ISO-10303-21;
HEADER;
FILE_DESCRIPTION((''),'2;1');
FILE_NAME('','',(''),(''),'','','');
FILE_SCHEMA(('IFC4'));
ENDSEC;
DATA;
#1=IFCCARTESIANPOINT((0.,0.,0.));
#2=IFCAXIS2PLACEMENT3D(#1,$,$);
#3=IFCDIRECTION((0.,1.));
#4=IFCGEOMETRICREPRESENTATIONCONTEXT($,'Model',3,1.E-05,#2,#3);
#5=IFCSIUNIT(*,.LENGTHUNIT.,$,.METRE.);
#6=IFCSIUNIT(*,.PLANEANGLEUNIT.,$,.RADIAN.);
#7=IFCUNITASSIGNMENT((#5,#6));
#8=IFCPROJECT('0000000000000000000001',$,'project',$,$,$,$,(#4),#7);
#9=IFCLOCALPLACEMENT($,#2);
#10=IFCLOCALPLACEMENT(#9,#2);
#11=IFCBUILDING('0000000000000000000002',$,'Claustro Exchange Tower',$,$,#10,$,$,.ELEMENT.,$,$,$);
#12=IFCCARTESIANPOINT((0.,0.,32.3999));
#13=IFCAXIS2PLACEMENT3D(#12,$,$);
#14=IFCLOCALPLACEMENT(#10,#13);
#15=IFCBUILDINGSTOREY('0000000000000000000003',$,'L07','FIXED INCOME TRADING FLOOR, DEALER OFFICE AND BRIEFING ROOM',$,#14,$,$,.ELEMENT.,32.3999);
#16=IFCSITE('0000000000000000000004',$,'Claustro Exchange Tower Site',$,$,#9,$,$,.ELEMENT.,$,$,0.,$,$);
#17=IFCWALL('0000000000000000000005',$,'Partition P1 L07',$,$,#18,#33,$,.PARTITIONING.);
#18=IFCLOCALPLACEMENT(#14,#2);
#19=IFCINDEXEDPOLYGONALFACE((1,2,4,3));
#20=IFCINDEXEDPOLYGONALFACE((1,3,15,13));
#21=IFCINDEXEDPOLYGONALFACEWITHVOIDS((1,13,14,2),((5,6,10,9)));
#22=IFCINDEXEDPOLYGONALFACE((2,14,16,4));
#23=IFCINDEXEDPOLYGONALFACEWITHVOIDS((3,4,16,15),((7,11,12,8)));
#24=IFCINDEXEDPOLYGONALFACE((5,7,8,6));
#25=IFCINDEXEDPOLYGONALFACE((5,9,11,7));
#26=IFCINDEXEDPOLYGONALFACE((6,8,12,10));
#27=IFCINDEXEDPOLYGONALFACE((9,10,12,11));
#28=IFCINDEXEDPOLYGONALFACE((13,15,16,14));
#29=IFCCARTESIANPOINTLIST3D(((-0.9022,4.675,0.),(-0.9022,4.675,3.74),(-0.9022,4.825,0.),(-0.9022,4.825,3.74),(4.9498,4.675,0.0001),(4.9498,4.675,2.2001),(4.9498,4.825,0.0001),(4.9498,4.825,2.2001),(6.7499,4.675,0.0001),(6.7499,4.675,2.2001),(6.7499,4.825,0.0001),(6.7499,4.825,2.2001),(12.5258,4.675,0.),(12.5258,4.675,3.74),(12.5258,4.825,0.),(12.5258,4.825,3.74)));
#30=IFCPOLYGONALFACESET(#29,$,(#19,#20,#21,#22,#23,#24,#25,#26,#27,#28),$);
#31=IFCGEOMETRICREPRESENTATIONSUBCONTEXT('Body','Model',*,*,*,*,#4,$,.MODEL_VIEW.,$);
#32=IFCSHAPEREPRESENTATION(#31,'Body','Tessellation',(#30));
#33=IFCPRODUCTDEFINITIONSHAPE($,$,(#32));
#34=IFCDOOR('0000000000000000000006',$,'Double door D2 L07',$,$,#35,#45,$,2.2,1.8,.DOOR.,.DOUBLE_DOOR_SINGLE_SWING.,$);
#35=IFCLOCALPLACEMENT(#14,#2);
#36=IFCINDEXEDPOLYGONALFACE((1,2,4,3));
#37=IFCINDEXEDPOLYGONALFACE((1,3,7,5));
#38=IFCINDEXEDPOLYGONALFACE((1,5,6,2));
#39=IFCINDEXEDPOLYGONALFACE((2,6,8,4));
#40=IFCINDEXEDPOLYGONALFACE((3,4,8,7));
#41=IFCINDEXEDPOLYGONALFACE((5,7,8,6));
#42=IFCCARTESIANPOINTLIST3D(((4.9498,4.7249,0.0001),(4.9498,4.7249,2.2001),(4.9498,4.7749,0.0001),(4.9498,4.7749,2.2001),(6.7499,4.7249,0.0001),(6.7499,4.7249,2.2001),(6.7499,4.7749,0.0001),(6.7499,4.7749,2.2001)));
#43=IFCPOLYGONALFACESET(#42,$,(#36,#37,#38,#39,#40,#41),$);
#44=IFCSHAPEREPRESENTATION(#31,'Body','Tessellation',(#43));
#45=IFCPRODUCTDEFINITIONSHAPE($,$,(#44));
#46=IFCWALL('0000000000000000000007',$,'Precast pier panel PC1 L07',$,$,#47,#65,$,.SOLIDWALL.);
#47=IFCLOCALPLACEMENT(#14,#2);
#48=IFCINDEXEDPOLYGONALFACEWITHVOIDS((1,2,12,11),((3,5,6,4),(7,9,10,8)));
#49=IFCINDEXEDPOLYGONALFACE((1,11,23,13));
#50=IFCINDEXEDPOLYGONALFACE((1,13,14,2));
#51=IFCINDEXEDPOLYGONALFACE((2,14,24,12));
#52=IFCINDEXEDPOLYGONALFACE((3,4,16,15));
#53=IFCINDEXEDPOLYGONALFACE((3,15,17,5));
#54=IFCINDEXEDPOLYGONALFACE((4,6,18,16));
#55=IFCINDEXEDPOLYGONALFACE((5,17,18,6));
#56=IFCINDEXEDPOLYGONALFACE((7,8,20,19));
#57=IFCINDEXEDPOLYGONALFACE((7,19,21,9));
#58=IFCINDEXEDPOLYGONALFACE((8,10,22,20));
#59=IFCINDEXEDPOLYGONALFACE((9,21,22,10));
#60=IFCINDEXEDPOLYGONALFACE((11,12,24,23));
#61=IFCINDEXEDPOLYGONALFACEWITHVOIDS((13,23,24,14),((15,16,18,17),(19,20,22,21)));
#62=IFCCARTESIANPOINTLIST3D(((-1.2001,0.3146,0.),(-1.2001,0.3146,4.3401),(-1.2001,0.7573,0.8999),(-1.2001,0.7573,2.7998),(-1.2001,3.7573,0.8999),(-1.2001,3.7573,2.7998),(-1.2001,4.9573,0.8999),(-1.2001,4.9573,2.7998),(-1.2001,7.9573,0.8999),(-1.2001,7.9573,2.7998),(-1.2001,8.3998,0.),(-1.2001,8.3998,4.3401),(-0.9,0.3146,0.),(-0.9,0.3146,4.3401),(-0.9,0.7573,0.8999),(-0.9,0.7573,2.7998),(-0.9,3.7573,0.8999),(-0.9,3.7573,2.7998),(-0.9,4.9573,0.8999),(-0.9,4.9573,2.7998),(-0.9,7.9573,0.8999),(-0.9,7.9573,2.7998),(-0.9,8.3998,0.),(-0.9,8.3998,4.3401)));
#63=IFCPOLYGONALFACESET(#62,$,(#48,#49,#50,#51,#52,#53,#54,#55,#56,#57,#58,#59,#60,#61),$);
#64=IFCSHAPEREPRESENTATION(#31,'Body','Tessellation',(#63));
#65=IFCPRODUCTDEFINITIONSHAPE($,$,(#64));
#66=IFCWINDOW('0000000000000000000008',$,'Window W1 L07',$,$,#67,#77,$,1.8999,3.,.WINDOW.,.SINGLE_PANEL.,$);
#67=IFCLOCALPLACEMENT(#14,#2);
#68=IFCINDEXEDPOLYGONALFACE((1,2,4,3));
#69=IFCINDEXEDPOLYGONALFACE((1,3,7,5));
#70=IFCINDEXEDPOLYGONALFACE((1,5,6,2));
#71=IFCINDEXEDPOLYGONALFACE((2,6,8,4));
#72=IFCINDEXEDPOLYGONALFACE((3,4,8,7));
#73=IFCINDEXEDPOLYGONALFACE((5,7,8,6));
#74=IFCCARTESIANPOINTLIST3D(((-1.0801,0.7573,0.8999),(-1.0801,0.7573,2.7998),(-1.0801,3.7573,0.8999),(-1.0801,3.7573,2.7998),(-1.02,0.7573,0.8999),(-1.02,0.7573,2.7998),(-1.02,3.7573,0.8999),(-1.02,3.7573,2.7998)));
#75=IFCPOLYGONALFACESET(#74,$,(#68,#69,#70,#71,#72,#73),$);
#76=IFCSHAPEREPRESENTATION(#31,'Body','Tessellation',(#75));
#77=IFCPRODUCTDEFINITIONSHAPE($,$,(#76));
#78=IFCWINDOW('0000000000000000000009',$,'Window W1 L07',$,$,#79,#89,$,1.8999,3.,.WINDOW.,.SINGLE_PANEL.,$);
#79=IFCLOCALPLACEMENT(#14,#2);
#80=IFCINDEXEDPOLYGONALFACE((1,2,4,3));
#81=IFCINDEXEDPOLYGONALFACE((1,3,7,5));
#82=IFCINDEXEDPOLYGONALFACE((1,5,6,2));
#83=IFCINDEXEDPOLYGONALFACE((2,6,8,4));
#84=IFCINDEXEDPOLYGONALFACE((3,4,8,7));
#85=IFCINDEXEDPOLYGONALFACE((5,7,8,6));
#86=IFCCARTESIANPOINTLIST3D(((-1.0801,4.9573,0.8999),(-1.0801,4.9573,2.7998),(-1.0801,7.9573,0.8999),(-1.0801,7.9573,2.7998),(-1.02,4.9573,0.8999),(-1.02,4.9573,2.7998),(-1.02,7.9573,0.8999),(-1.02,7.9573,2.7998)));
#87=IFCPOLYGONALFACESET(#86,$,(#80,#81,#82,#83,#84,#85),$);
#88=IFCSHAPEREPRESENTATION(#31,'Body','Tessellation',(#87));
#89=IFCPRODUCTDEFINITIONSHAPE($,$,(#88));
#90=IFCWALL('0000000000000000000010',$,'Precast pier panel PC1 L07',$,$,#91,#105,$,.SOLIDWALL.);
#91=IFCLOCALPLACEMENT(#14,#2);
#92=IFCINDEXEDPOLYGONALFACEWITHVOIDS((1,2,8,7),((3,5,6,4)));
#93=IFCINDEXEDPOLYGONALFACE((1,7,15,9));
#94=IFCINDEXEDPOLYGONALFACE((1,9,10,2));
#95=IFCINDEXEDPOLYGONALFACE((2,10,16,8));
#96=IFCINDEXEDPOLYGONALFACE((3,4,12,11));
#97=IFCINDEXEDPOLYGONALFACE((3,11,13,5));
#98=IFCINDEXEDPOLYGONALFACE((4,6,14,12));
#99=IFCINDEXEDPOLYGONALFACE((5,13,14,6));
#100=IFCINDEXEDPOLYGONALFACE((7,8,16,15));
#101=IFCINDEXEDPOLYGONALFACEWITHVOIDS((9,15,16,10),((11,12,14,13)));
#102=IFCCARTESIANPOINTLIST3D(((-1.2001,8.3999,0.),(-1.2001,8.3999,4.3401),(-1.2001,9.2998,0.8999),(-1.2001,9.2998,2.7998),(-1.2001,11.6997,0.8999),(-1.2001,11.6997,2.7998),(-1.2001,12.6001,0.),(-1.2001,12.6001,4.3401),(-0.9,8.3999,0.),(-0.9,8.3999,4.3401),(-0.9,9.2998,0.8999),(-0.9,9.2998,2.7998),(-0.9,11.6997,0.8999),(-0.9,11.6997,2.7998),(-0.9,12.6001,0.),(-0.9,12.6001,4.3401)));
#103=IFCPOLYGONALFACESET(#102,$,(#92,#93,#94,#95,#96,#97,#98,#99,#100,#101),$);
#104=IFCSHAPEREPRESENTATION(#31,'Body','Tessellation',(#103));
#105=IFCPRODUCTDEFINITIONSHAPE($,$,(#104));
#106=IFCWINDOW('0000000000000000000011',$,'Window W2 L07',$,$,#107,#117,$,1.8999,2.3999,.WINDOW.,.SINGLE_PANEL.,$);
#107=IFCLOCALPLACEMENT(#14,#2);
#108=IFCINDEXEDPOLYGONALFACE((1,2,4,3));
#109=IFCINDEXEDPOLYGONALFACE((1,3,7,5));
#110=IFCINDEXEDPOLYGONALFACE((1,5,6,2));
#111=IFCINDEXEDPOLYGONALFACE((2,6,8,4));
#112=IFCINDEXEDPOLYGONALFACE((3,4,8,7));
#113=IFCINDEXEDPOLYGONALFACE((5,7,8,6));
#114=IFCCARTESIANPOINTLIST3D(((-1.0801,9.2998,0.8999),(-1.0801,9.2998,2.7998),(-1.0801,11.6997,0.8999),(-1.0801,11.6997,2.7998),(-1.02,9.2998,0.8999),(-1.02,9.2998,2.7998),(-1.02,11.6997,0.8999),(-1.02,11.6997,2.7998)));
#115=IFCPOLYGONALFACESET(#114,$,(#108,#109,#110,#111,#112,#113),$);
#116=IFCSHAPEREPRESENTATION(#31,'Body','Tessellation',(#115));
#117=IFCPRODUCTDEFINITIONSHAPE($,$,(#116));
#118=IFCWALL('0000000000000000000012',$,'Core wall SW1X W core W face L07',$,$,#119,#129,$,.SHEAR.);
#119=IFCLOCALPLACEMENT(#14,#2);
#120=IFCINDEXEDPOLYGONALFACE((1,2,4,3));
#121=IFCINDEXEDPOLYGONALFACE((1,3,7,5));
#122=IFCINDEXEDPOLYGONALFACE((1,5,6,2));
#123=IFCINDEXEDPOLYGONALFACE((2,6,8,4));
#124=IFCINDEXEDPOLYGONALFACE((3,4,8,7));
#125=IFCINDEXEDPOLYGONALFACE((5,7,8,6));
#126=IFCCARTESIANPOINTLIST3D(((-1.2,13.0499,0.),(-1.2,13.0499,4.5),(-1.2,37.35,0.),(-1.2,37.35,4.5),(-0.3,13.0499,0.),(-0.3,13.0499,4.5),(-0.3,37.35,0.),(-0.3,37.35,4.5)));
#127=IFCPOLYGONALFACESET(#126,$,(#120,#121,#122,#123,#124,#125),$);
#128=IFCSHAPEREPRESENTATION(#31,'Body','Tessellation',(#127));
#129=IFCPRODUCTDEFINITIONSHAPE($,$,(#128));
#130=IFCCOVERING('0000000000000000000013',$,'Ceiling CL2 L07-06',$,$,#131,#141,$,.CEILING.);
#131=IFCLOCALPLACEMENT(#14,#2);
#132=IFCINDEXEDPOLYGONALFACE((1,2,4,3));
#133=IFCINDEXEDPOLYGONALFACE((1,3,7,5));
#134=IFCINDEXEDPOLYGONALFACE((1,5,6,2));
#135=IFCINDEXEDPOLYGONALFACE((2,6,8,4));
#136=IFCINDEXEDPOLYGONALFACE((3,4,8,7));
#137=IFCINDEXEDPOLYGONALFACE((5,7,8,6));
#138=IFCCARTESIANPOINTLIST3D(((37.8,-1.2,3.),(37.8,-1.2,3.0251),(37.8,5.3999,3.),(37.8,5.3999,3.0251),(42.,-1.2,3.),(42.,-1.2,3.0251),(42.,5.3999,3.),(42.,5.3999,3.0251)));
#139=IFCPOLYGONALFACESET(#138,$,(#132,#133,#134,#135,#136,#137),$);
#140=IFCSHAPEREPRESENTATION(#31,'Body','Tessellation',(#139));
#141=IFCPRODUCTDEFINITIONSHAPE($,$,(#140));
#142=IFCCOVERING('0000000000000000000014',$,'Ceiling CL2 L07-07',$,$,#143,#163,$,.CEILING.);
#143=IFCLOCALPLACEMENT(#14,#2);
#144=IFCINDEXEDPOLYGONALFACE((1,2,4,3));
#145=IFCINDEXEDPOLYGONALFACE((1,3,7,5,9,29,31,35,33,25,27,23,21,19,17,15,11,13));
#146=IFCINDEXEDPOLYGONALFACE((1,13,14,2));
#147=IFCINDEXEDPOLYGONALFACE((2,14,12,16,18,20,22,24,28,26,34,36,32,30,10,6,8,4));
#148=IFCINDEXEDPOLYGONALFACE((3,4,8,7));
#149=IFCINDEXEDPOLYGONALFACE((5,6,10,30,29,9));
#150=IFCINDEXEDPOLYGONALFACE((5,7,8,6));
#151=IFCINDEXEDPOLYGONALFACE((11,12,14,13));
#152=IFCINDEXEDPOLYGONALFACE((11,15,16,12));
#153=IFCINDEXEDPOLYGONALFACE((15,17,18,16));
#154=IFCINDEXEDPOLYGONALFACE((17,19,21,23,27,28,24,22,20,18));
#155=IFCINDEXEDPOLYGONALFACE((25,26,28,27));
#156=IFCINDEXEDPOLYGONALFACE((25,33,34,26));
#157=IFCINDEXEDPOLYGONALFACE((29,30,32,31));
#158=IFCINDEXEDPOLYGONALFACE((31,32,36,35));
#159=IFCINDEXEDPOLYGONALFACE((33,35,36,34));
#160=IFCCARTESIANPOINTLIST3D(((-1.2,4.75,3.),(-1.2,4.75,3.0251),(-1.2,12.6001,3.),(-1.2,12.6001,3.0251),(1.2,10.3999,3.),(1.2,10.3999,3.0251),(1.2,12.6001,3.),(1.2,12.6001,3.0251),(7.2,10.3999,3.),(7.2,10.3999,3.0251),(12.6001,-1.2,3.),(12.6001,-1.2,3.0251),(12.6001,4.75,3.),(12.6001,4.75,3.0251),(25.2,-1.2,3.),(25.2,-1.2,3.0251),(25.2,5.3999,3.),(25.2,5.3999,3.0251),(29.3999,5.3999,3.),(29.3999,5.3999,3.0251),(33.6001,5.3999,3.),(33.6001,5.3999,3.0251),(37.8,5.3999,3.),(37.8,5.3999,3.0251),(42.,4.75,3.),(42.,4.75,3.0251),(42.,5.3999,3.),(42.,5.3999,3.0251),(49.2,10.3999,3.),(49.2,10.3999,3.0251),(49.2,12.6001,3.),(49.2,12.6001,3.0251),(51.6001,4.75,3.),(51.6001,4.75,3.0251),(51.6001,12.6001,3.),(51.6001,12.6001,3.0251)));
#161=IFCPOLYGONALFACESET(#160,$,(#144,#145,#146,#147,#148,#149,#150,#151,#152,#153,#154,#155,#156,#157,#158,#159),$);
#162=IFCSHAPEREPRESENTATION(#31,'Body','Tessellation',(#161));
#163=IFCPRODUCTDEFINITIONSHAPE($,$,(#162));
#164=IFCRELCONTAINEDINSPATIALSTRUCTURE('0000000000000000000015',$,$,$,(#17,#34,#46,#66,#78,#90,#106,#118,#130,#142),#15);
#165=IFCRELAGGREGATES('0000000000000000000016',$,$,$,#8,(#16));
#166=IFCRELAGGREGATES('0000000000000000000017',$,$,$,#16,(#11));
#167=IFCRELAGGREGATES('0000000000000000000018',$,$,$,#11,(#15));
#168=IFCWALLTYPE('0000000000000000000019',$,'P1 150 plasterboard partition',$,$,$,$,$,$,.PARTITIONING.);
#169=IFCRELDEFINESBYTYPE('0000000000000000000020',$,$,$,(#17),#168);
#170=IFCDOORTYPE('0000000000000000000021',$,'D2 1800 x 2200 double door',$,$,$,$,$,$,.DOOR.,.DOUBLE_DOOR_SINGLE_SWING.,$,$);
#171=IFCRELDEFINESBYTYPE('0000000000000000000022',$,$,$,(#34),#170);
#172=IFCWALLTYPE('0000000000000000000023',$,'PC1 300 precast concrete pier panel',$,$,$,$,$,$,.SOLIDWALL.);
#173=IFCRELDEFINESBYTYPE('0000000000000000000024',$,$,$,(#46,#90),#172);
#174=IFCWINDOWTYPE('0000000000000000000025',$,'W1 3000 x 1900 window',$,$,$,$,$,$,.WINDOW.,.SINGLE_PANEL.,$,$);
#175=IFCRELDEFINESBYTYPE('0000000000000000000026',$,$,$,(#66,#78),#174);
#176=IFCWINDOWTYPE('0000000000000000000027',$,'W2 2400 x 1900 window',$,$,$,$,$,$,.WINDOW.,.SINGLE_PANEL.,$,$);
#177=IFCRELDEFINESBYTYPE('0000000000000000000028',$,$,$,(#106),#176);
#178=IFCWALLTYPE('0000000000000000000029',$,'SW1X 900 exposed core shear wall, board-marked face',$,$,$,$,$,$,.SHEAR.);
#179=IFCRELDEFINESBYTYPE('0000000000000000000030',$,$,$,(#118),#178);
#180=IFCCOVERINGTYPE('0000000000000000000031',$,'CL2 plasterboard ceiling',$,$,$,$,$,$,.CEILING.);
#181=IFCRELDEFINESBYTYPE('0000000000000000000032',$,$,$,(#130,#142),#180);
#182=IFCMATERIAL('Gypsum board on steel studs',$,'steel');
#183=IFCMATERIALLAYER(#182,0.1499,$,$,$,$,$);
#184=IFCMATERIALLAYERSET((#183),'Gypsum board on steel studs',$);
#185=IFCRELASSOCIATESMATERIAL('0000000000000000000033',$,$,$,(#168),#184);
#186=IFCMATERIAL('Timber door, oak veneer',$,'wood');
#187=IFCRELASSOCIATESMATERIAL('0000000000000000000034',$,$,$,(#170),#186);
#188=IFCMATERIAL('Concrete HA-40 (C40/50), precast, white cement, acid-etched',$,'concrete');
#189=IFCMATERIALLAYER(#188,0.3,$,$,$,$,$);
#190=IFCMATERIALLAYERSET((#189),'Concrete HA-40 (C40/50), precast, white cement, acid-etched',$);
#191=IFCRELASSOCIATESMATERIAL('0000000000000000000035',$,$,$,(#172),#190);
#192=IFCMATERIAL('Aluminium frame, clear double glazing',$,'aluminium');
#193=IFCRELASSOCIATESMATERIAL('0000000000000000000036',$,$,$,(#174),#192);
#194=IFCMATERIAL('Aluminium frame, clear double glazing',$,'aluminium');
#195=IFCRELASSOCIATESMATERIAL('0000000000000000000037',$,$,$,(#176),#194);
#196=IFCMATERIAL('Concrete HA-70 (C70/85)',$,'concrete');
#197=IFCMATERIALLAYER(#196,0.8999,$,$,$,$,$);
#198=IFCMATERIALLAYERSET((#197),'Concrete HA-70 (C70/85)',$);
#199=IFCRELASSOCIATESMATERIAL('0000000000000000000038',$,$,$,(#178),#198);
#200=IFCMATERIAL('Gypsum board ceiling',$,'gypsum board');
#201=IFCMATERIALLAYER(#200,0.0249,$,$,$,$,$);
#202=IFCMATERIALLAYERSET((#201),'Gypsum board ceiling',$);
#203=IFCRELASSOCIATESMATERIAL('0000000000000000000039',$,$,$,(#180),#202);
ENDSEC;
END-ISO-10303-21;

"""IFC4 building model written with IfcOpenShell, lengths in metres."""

from ifc_helpers import new_model, si_unit, direction, frame, frame_2d, origin, place, context, subcontext, project, spatial, polyline, rectangle, outline, extrude, material, layer, layer_set, type_object, element, fill, save


model = new_model("IFC4")

# Units and contexts
model_context = context("Model", 3, precision=1e-05, world=origin(), true_north=direction((0.0, 1.0)))
body_context = subcontext(model_context, "Body", "Model", "MODEL_VIEW")
ifc_project = project(units=[si_unit("LENGTHUNIT", "METRE"), si_unit("PLANEANGLEUNIT", "RADIAN")], contexts=[model_context])

# Site, building, storey
site_placement = place(None, origin())
site = spatial("IfcSite", under=ifc_project, at=site_placement, Name="Claustro Exchange Tower Site", CompositionType="ELEMENT", RefElevation=0.0)
building_placement = place(site_placement, origin())
building = spatial("IfcBuilding", under=site, at=building_placement, Name="Claustro Exchange Tower", CompositionType="ELEMENT")
storey_placement = place(building_placement, frame((0.0, 0.0, 32.3999)))
storey = spatial("IfcBuildingStorey", under=building, at=storey_placement, Name="L07", Description="FIXED INCOME TRADING FLOOR, DEALER OFFICE AND BRIEFING ROOM", CompositionType="ELEMENT", Elevation=32.3999)

# Wall, opening, door
ifc_material_1 = material(Name="Gypsum board on steel studs", Category="steel")
ifc_layer_1 = layer(ifc_material_1, 0.1499)
ifc_layer_set_1 = layer_set([ifc_layer_1], Name="Gypsum board on steel studs")
wall_type_1 = type_object("IfcWallType", Name="P1 150 plasterboard partition", PredefinedType="PARTITIONING", material=ifc_layer_set_1)
wall_1_placement = place(storey_placement, frame((-0.9021, 4.75, 0.0), z_axis=(0.0, 0.0, 1.0), x_axis=(1.0, 0.0, 0.0)))
wall_1 = element("IfcWall", 1, at=wall_1_placement, inside=storey, type_object=wall_type_1, Name="Partition P1 L07", PredefinedType="PARTITIONING", context=body_context, shape_type="SweptSolid", body=[
    extrude(rectangle(XDim=13.428, YDim=0.1499, at=frame_2d((6.7139, 0.0))), origin(), (0.0, 0.0, 1.0), 3.74),
])
opening_1_placement = place(wall_1_placement, frame((5.8521, 0.0, 0.0)))
opening_1 = element("IfcOpeningElement", 2, at=opening_1_placement, cuts=wall_1, PredefinedType="OPENING", context=body_context, shape_type="SweptSolid", body=[
    extrude(rectangle(XDim=1.8, YDim=2.2, at=frame_2d((0.8999, 1.1001))), frame((0.0, 0.085, 0.0), z_axis=(0.0, -1.0, 0.0), x_axis=(1.0, 0.0, 0.0)), (0.0, 0.0, 1.0), 0.1699),
])
ifc_material_2 = material(Name="Timber door, oak veneer", Category="wood")
door_type_1 = type_object("IfcDoorType", Name="D2 1800 x 2200 double door", OperationType="DOUBLE_DOOR_SINGLE_SWING", PredefinedType="DOOR", material=ifc_material_2)
door_1_placement = place(opening_1_placement, origin())
door_1 = element("IfcDoor", 3, at=door_1_placement, inside=storey, type_object=door_type_1, Name="Double door D2 L07", OperationType="DOUBLE_DOOR_SINGLE_SWING", OverallHeight=2.2, OverallWidth=1.8, PredefinedType="DOOR", context=body_context, shape_type="SweptSolid", body=[
    extrude(rectangle(XDim=1.8, YDim=2.2, at=frame_2d((0.8999, 1.1001))), frame((0.0, 0.0249, 0.0), z_axis=(0.0, -1.0, 0.0), x_axis=(1.0, 0.0, 0.0)), (0.0, 0.0, 1.0), 0.05),
])
fill(opening_1, door_1)

# Wall, openings, windows
ifc_material_3 = material(Name="Concrete HA-40 (C40/50), precast, white cement, acid-etched", Category="concrete")
ifc_layer_2 = layer(ifc_material_3, 0.3)
ifc_layer_set_2 = layer_set([ifc_layer_2], Name="Concrete HA-40 (C40/50), precast, white cement, acid-etched")
wall_type_2 = type_object("IfcWallType", Name="PC1 300 precast concrete pier panel", PredefinedType="SOLIDWALL", material=ifc_layer_set_2)
wall_2_placement = place(storey_placement, frame((-1.05, 0.3147, 0.0), z_axis=(0.0, 0.0, 1.0), x_axis=(0.0, 1.0, 0.0)))
wall_2 = element("IfcWall", 4, at=wall_2_placement, inside=storey, type_object=wall_type_2, Name="Precast pier panel PC1 L07", PredefinedType="SOLIDWALL", context=body_context, shape_type="SweptSolid", body=[
    extrude(rectangle(XDim=8.0852, YDim=0.3, at=frame_2d((4.0425, 0.0))), origin(), (0.0, 0.0, 1.0), 4.3401),
])
opening_2_placement = place(wall_2_placement, frame((0.4426, 0.0, 0.8999)))
opening_2 = element("IfcOpeningElement", 5, at=opening_2_placement, cuts=wall_2, PredefinedType="OPENING", context=body_context, shape_type="SweptSolid", body=[
    extrude(rectangle(XDim=3.0, YDim=1.8999, at=frame_2d((1.5, 0.95))), frame((0.0, 0.1599, 0.0), z_axis=(0.0, -1.0, 0.0), x_axis=(1.0, 0.0, 0.0)), (0.0, 0.0, 1.0), 0.3201),
])
opening_3_placement = place(wall_2_placement, frame((4.6426, 0.0, 0.8999)))
opening_3 = element("IfcOpeningElement", 6, at=opening_3_placement, cuts=wall_2, PredefinedType="OPENING", context=body_context, shape_type="SweptSolid", body=[
    extrude(rectangle(XDim=3.0, YDim=1.8999, at=frame_2d((1.5, 0.95))), frame((0.0, 0.1599, 0.0), z_axis=(0.0, -1.0, 0.0), x_axis=(1.0, 0.0, 0.0)), (0.0, 0.0, 1.0), 0.3201),
])
ifc_material_4 = material(Name="Aluminium frame, clear double glazing", Category="aluminium")
window_type_1 = type_object("IfcWindowType", Name="W1 3000 x 1900 window", PartitioningType="SINGLE_PANEL", PredefinedType="WINDOW", material=ifc_material_4)
window_1_placement = place(opening_2_placement, origin())
window_1 = element("IfcWindow", 7, at=window_1_placement, inside=storey, type_object=window_type_1, Name="Window W1 L07", OverallHeight=1.8999, OverallWidth=3.0, PartitioningType="SINGLE_PANEL", PredefinedType="WINDOW", context=body_context, shape_type="SweptSolid", body=[
    extrude(rectangle(XDim=3.0, YDim=1.8999, at=frame_2d((1.5, 0.95))), frame((0.0, 0.03, 0.0), z_axis=(0.0, -1.0, 0.0), x_axis=(1.0, 0.0, 0.0)), (0.0, 0.0, 1.0), 0.0601),
])
fill(opening_2, window_1)
window_2_placement = place(opening_3_placement, origin())
window_2 = element("IfcWindow", 8, at=window_2_placement, inside=storey, type_object=window_type_1, Name="Window W1 L07", OverallHeight=1.8999, OverallWidth=3.0, PartitioningType="SINGLE_PANEL", PredefinedType="WINDOW", context=body_context, shape_type="SweptSolid", body=[
    extrude(rectangle(XDim=3.0, YDim=1.8999, at=frame_2d((1.5, 0.95))), frame((0.0, 0.03, 0.0), z_axis=(0.0, -1.0, 0.0), x_axis=(1.0, 0.0, 0.0)), (0.0, 0.0, 1.0), 0.0601),
])
fill(opening_3, window_2)

# Wall, opening, window
wall_3_placement = place(storey_placement, frame((-1.05, 8.3999, 0.0), z_axis=(0.0, 0.0, 1.0), x_axis=(0.0, 1.0, 0.0)))
wall_3 = element("IfcWall", 9, at=wall_3_placement, inside=storey, type_object=wall_type_2, Name="Precast pier panel PC1 L07", PredefinedType="SOLIDWALL", context=body_context, shape_type="SweptSolid", body=[
    extrude(rectangle(XDim=4.2002, YDim=0.3, at=frame_2d((2.1001, 0.0))), origin(), (0.0, 0.0, 1.0), 4.3401),
])
opening_4_placement = place(wall_3_placement, frame((0.8999, 0.0, 0.8999)))
opening_4 = element("IfcOpeningElement", 10, at=opening_4_placement, cuts=wall_3, PredefinedType="OPENING", context=body_context, shape_type="SweptSolid", body=[
    extrude(rectangle(XDim=2.3999, YDim=1.8999, at=frame_2d((1.2, 0.95))), frame((0.0, 0.1599, 0.0), z_axis=(0.0, -1.0, 0.0), x_axis=(1.0, 0.0, 0.0)), (0.0, 0.0, 1.0), 0.3201),
])
ifc_material_5 = material(Name="Aluminium frame, clear double glazing", Category="aluminium")
window_type_2 = type_object("IfcWindowType", Name="W2 2400 x 1900 window", PartitioningType="SINGLE_PANEL", PredefinedType="WINDOW", material=ifc_material_5)
window_3_placement = place(opening_4_placement, origin())
window_3 = element("IfcWindow", 11, at=window_3_placement, inside=storey, type_object=window_type_2, Name="Window W2 L07", OverallHeight=1.8999, OverallWidth=2.3999, PartitioningType="SINGLE_PANEL", PredefinedType="WINDOW", context=body_context, shape_type="SweptSolid", body=[
    extrude(rectangle(XDim=2.3999, YDim=1.8999, at=frame_2d((1.2, 0.95))), frame((0.0, 0.03, 0.0), z_axis=(0.0, -1.0, 0.0), x_axis=(1.0, 0.0, 0.0)), (0.0, 0.0, 1.0), 0.0601),
])
fill(opening_4, window_3)

# Wall
ifc_material_6 = material(Name="Concrete HA-70 (C70/85)", Category="concrete")
ifc_layer_3 = layer(ifc_material_6, 0.8999)
ifc_layer_set_3 = layer_set([ifc_layer_3], Name="Concrete HA-70 (C70/85)")
wall_type_3 = type_object("IfcWallType", Name="SW1X 900 exposed core shear wall, board-marked face", PredefinedType="SHEAR", material=ifc_layer_set_3)
wall_4_placement = place(storey_placement, frame((-0.75, 13.05, 0.0), z_axis=(0.0, 0.0, 1.0), x_axis=(0.0, 1.0, 0.0)))
element("IfcWall", 12, at=wall_4_placement, inside=storey, type_object=wall_type_3, Name="Core wall SW1X W core W face L07", PredefinedType="SHEAR", context=body_context, shape_type="SweptSolid", body=[
    extrude(rectangle(XDim=24.3, YDim=0.8999, at=frame_2d((12.1499, 0.0))), origin(), (0.0, 0.0, 1.0), 4.5),
])

# Coverings
ifc_material_7 = material(Name="Gypsum board ceiling", Category="gypsum board")
ifc_layer_4 = layer(ifc_material_7, 0.0249)
ifc_layer_set_4 = layer_set([ifc_layer_4], Name="Gypsum board ceiling")
covering_type_1 = type_object("IfcCoveringType", Name="CL2 plasterboard ceiling", PredefinedType="CEILING", material=ifc_layer_set_4)
covering_1_placement = place(storey_placement, frame((0.0, 0.0, 3.0)))
element("IfcCovering", 13, at=covering_1_placement, inside=storey, type_object=covering_type_1, Name="Ceiling CL2 L07-06", PredefinedType="CEILING", context=body_context, shape_type="SweptSolid", body=[
    extrude(outline(polyline([(37.8, -1.2), (42.0, -1.2), (42.0, 5.3999), (37.8, 5.3999), (37.8, -1.2)])), origin(), (0.0, 0.0, 1.0), 0.0251),
])
covering_2_placement = place(storey_placement, frame((0.0, 0.0, 3.0)))
element("IfcCovering", 14, at=covering_2_placement, inside=storey, type_object=covering_type_1, Name="Ceiling CL2 L07-07", PredefinedType="CEILING", context=body_context, shape_type="SweptSolid", body=[
    extrude(outline(polyline([(-1.2, 12.6001), (-1.2, 4.75), (12.6001, 4.75), (12.6001, -1.2), (25.2, -1.2), (25.2, 5.3999), (29.3999, 5.3999), (33.6001, 5.3999), (37.8, 5.3999), (42.0, 5.3999), (42.0, 4.75), (51.6001, 4.75), (51.6001, 12.6001), (49.2, 12.6001), (49.2, 10.3999), (7.2, 10.3999), (1.2, 10.3999), (1.2, 12.6001), (-1.2, 12.6001)])), origin(), (0.0, 0.0, 1.0), 0.0251),
])

save(model, "model.ifc")
